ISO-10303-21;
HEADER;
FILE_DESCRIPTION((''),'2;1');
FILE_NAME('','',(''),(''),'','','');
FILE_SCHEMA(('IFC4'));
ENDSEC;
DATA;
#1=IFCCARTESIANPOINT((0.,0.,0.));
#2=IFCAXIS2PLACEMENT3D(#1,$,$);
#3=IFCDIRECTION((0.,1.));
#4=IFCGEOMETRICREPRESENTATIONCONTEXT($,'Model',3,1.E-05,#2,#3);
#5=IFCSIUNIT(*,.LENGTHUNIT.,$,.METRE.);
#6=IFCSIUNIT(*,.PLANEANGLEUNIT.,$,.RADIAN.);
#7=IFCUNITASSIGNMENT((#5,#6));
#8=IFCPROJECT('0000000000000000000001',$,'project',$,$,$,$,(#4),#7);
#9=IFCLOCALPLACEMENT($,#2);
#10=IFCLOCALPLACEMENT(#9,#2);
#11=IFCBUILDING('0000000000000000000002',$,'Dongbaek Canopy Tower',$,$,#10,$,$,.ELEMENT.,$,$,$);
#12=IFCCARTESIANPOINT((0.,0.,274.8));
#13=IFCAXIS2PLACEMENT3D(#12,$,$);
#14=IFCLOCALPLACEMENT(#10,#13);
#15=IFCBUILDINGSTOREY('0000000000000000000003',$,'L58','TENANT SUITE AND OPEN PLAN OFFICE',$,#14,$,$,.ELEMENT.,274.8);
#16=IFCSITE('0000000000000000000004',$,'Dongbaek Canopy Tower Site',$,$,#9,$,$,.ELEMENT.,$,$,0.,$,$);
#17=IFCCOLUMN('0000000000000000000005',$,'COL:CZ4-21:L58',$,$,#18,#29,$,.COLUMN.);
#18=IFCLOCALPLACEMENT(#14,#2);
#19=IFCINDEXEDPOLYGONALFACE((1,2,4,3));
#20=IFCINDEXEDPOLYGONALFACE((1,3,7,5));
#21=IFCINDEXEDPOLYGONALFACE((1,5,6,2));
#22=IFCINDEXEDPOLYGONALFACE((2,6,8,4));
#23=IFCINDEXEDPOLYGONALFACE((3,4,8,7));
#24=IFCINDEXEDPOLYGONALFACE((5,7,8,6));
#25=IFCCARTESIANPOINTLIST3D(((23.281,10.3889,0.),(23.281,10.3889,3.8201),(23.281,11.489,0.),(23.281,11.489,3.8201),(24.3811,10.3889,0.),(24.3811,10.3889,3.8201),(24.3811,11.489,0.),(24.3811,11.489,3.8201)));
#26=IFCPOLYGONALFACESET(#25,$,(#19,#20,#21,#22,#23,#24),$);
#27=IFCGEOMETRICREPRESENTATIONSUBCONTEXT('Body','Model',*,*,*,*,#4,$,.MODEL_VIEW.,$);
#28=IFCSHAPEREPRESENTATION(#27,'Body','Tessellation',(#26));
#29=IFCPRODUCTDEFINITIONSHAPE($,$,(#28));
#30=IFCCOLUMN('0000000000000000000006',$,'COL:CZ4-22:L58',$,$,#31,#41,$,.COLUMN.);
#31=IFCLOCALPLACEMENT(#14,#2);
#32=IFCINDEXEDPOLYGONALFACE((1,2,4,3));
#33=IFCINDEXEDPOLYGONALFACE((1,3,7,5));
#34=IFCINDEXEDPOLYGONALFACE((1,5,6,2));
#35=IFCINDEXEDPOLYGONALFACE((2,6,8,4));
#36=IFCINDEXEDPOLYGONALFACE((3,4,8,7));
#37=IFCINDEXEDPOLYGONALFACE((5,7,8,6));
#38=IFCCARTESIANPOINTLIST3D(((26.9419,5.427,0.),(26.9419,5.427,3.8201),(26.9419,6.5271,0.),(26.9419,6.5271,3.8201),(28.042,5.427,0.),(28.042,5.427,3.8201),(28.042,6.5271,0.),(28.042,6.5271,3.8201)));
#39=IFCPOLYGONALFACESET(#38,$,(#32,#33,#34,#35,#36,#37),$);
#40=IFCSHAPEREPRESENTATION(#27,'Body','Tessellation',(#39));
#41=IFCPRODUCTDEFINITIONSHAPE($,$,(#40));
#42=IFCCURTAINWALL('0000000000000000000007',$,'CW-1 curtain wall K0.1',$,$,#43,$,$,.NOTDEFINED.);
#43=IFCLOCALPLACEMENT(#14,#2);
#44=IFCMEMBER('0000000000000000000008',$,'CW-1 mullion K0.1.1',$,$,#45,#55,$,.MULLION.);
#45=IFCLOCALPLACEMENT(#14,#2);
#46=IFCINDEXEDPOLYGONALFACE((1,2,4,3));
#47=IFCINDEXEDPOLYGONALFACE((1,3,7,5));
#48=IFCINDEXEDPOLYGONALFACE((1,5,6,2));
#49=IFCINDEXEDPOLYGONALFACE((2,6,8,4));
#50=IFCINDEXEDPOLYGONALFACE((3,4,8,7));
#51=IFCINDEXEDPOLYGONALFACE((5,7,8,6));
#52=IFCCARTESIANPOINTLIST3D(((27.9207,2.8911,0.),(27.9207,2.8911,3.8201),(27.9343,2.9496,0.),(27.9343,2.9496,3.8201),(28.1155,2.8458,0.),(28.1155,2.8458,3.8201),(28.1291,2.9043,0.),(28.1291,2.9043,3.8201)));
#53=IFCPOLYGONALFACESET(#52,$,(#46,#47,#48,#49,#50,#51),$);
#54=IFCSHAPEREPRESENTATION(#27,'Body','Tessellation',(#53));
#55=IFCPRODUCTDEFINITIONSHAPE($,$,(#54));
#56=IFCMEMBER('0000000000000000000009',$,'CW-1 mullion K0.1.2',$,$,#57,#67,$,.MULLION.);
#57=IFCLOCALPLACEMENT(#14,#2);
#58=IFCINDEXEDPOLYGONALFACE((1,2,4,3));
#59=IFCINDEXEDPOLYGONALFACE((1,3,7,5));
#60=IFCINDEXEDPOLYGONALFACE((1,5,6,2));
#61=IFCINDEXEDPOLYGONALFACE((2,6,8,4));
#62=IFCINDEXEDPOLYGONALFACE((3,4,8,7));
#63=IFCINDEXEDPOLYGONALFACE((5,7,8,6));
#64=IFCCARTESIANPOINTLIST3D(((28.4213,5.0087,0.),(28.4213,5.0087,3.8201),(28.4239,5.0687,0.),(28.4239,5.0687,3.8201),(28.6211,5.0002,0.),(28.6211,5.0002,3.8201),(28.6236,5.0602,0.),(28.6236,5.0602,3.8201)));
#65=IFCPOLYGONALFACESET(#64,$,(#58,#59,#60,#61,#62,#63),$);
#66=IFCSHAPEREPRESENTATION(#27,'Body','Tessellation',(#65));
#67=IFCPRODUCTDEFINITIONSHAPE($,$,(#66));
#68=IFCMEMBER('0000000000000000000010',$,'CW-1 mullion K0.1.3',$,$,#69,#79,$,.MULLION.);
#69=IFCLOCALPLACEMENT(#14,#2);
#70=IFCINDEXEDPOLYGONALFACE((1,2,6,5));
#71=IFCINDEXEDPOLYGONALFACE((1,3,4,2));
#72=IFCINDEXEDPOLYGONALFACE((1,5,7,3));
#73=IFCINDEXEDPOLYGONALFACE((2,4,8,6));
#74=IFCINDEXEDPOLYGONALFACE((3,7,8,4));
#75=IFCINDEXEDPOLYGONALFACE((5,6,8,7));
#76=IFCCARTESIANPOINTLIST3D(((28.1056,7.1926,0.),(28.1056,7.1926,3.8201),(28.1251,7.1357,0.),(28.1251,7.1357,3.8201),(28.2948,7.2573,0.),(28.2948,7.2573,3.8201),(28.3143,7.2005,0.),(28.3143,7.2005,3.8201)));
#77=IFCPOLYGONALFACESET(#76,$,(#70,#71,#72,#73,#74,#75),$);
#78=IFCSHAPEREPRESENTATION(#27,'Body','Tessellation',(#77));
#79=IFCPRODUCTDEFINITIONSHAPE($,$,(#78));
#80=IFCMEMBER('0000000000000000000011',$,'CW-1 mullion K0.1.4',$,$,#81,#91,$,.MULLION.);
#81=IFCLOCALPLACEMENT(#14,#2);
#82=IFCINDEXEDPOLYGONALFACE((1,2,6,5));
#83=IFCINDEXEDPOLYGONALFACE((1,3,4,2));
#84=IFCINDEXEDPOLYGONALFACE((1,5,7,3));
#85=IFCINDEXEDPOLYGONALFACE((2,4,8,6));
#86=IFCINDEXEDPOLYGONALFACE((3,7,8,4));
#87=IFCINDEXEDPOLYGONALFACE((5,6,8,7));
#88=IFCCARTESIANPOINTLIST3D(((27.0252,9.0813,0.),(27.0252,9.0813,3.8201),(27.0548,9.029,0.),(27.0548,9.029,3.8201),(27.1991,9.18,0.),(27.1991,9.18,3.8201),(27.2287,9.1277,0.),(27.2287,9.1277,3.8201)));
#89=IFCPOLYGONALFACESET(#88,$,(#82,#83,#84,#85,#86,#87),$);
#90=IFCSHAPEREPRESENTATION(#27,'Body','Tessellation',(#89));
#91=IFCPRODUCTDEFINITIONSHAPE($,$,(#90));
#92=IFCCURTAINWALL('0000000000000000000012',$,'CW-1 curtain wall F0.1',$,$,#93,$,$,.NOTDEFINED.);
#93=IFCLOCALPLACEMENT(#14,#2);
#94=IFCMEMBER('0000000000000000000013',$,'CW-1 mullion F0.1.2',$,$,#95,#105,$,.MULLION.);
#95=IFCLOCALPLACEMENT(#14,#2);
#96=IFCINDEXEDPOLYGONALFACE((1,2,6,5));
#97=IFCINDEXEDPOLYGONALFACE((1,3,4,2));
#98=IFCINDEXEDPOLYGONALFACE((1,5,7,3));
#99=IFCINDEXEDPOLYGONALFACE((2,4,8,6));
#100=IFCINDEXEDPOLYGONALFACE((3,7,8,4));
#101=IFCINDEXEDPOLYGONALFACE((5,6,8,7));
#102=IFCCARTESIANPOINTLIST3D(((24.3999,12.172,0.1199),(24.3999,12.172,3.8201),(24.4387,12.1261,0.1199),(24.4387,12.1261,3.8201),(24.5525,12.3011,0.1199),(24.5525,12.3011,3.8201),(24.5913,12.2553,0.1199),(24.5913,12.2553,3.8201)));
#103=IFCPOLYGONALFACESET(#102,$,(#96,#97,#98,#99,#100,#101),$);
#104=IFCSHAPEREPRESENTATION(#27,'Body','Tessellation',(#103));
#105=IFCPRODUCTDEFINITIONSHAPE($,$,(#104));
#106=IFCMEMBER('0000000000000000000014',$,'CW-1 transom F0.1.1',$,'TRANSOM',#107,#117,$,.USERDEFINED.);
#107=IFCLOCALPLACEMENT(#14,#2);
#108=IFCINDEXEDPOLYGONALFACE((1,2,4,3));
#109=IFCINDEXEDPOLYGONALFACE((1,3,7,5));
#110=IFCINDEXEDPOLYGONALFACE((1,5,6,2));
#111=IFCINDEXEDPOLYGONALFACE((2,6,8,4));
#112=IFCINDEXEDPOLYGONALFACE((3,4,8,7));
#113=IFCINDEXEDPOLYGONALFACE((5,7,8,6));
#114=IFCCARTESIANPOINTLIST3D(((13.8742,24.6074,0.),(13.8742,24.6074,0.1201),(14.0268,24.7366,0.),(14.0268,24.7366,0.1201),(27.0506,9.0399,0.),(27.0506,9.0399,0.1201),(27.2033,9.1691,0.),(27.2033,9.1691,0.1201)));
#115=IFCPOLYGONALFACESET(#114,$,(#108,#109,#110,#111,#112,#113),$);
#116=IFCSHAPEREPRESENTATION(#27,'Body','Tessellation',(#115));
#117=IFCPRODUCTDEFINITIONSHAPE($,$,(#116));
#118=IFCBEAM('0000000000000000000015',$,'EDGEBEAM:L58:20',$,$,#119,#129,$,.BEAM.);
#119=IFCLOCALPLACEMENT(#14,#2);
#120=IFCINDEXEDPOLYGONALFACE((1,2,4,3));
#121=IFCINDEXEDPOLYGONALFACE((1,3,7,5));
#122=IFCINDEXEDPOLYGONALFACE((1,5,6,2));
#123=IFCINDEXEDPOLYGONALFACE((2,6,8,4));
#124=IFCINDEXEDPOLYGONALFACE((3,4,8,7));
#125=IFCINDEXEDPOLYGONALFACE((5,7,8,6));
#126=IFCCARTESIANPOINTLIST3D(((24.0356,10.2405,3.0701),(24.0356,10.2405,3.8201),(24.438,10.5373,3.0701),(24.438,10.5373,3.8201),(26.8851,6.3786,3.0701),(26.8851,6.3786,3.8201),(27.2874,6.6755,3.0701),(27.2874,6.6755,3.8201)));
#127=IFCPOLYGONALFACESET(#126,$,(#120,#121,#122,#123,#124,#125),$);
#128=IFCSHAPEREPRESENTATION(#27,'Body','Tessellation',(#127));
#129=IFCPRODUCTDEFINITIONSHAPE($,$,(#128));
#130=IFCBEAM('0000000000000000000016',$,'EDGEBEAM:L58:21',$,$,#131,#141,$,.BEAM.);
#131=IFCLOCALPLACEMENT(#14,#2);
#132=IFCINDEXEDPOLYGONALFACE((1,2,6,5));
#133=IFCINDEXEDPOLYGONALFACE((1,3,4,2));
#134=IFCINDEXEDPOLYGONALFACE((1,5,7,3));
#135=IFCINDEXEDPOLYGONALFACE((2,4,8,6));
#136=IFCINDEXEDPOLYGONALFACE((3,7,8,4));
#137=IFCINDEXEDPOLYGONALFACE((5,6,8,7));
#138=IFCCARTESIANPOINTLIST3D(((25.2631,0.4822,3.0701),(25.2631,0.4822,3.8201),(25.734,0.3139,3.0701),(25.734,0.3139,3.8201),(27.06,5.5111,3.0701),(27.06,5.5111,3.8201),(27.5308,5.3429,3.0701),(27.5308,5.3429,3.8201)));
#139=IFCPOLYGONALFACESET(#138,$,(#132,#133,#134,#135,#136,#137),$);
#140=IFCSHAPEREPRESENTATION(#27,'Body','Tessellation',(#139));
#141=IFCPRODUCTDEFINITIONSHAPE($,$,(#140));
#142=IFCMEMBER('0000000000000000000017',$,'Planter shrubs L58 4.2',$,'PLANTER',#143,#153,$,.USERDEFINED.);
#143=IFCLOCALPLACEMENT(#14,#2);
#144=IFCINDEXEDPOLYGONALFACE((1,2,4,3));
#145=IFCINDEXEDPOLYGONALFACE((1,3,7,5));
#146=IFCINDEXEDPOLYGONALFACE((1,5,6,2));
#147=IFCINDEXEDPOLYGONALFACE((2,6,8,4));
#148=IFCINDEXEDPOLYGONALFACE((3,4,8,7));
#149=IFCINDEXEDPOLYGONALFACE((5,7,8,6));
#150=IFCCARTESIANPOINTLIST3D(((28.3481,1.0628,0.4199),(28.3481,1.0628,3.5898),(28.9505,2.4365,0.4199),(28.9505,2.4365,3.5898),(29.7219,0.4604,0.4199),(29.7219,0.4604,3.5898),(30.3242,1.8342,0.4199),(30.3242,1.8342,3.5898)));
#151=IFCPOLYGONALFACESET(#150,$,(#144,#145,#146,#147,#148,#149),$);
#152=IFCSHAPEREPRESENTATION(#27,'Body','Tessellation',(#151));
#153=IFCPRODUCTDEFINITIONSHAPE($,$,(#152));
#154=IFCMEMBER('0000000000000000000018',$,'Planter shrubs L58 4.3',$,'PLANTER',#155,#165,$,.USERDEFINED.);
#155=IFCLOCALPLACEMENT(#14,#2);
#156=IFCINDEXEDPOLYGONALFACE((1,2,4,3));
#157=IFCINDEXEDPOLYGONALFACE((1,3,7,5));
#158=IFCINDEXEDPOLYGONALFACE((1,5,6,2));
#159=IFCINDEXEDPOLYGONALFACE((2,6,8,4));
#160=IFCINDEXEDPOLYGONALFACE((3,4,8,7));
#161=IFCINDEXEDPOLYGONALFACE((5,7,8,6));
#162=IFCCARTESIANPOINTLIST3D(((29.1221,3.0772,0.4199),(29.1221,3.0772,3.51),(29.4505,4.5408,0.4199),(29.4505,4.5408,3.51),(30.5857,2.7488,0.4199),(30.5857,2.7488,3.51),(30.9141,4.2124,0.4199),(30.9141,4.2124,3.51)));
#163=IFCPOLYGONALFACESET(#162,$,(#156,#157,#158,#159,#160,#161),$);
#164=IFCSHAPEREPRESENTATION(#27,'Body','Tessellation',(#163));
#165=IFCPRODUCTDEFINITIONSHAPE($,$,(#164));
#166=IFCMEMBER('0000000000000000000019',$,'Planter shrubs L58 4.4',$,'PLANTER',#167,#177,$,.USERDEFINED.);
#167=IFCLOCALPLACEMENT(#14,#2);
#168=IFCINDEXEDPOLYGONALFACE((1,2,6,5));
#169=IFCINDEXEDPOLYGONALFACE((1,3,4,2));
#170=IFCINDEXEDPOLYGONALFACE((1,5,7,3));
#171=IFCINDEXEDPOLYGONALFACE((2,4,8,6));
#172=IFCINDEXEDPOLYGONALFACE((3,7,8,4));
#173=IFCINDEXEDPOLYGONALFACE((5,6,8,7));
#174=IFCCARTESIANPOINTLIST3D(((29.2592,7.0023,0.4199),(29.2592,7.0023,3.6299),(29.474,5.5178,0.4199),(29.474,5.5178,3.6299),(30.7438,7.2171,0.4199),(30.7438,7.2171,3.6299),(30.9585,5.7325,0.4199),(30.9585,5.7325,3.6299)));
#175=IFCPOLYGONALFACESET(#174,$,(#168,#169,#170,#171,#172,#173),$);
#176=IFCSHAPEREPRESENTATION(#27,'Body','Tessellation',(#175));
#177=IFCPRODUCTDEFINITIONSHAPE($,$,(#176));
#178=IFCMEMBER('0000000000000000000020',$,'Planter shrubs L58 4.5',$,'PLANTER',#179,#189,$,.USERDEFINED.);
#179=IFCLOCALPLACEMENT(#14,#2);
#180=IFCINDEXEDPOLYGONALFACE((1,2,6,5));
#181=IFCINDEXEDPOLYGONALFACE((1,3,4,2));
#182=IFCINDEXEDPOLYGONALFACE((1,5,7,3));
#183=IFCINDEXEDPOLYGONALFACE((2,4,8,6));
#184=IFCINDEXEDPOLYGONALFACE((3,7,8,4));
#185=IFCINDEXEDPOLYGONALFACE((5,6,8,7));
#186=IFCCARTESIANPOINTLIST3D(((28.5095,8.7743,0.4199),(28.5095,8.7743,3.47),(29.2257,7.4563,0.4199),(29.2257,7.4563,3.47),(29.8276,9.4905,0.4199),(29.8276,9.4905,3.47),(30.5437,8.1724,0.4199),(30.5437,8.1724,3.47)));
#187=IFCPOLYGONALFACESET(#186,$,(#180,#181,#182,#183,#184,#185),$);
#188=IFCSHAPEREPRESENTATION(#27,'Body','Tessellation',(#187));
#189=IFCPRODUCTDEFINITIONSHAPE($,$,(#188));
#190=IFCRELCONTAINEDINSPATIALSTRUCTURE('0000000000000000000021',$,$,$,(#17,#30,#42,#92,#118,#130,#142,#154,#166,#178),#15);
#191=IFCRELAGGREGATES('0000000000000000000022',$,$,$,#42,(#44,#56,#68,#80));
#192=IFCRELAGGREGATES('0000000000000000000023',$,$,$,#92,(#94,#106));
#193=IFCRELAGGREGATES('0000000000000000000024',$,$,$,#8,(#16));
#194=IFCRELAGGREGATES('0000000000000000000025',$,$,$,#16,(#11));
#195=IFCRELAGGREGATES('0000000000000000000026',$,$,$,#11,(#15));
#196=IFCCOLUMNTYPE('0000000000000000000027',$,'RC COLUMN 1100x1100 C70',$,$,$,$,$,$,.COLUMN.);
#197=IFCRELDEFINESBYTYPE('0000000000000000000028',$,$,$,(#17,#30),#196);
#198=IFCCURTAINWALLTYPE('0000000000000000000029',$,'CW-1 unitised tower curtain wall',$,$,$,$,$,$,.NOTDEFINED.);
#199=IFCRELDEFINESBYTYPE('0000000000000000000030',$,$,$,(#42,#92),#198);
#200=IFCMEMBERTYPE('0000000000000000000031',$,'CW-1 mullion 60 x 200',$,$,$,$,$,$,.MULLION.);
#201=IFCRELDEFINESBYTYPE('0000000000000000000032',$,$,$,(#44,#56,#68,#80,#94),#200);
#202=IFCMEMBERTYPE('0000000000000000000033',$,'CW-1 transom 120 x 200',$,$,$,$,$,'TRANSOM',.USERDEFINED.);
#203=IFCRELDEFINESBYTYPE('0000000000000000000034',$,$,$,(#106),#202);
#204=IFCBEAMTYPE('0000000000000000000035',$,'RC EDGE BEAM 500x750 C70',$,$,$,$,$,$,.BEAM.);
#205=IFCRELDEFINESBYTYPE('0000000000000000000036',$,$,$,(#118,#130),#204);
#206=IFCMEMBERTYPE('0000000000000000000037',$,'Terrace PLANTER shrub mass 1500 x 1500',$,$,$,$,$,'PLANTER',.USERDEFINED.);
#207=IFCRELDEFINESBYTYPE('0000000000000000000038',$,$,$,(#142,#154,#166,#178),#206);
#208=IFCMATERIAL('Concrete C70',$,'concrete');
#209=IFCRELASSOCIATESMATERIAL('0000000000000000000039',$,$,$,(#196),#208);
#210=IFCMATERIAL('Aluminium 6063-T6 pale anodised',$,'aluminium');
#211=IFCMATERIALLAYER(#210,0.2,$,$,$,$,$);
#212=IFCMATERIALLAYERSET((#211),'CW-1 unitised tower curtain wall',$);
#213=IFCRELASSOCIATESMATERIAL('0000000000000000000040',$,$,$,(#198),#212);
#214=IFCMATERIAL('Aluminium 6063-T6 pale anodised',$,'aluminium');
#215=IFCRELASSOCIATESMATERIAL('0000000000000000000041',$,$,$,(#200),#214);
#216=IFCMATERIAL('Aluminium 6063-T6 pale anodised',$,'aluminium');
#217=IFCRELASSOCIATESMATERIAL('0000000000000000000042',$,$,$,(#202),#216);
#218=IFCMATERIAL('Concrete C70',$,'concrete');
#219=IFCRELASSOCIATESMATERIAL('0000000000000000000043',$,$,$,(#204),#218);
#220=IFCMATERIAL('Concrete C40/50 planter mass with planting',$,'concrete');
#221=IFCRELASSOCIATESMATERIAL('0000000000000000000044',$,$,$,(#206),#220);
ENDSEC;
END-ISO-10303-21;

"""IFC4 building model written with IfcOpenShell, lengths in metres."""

from ifc_helpers import new_model, si_unit, direction, frame, origin, origin_2d, place, context, subcontext, project, spatial, rectangle, extrude, material, layer, layer_set, material_profile, profile_set, type_object, element, aggregate, save


model = new_model("IFC4")

# Units and contexts
model_context = context("Model", 3, precision=1e-05, world=origin(), true_north=direction((0.0, 1.0)))
body_context = subcontext(model_context, "Body", "Model", "MODEL_VIEW")
ifc_project = project(units=[si_unit("LENGTHUNIT", "METRE"), si_unit("PLANEANGLEUNIT", "RADIAN")], contexts=[model_context])

# Site, building, storey
site_placement = place(None, origin())
site = spatial("IfcSite", under=ifc_project, at=site_placement, Name="Dongbaek Canopy Tower Site", CompositionType="ELEMENT", RefElevation=0.0)
building_placement = place(site_placement, origin())
building = spatial("IfcBuilding", under=site, at=building_placement, Name="Dongbaek Canopy Tower", CompositionType="ELEMENT")
storey_placement = place(building_placement, frame((0.0, 0.0, 274.8)))
storey = spatial("IfcBuildingStorey", under=building, at=storey_placement, Name="L58", Description="TENANT SUITE AND OPEN PLAN OFFICE", CompositionType="ELEMENT", Elevation=274.8)

# Columns
ifc_material_1 = material(Name="Concrete C70", Category="concrete")
ifc_material_profile_1 = material_profile(ifc_material_1, rectangle(XDim=1.1001, YDim=1.1001, at=origin_2d()), Name="RC COLUMN 1100x1100 C70")
ifc_profile_set_1 = profile_set([ifc_material_profile_1], Name="Concrete C70")
column_type = type_object("IfcColumnType", Name="RC COLUMN 1100x1100 C70", PredefinedType="COLUMN", material=ifc_profile_set_1)
for number, where, z_axis, x_axis, name in (
    (1, (23.8311, 10.939, 0.0), (0.0, 0.0, 1.0), (1.0, 0.0, 0.0), "COL:CZ4-21:L58"),
    (2, (27.4919, 5.9771, 0.0), (0.0, 0.0, 1.0), (1.0, 0.0, 0.0), "COL:CZ4-22:L58"),
):
    element("IfcColumn", number, at=place(storey_placement, frame(where, z_axis=z_axis, x_axis=x_axis)), inside=storey, type_object=column_type, Name=name, PredefinedType="COLUMN", context=body_context, shape_type="SweptSolid", body=[
        extrude(rectangle(XDim=1.1001, YDim=1.1001, at=origin_2d()), origin(), (0.0, 0.0, 1.0), 3.8201),
    ])

# Curtain walls, members
ifc_material_2 = material(Name="Aluminium 6063-T6 pale anodised", Category="aluminium")
ifc_layer_1 = layer(ifc_material_2, 0.2)
ifc_layer_set_1 = layer_set([ifc_layer_1], Name="CW-1 unitised tower curtain wall")
curtain_wall_type = type_object("IfcCurtainWallType", Name="CW-1 unitised tower curtain wall", PredefinedType="NOTDEFINED", material=ifc_layer_set_1)
curtain_wall_1_placement = place(storey_placement, origin())
curtain_wall_1 = element("IfcCurtainWall", 3, at=curtain_wall_1_placement, inside=storey, type_object=curtain_wall_type, Name="CW-1 curtain wall K0.1", PredefinedType="NOTDEFINED")
ifc_material_3 = material(Name="Aluminium 6063-T6 pale anodised", Category="aluminium")
ifc_material_profile_2 = material_profile(ifc_material_3, rectangle(XDim=0.2, YDim=0.0601, at=origin_2d()), Name="CW-1 mullion 60 x 200")
ifc_profile_set_2 = profile_set([ifc_material_profile_2], Name="Aluminium 6063-T6 pale anodised")
member_type_1 = type_object("IfcMemberType", Name="CW-1 mullion 60 x 200", PredefinedType="MULLION", material=ifc_profile_set_2)
member_1_placement = place(storey_placement, frame((28.0249, 2.8977, 0.0), z_axis=(0.0, 0.0, 1.0), x_axis=(0.973927, -0.226863, 0.0)))
member_1 = element("IfcMember", 4, at=member_1_placement, type_object=member_type_1, Name="CW-1 mullion K0.1.1", PredefinedType="MULLION", context=body_context, shape_type="SweptSolid", body=[
    extrude(rectangle(XDim=0.2, YDim=0.0601, at=origin_2d()), origin(), (0.0, 0.0, 1.0), 3.8201),
])
member_2_placement = place(storey_placement, frame((28.5225, 5.0344, 0.0), z_axis=(0.0, 0.0, 1.0), x_axis=(0.999093, -0.04259, 0.0)))
member_2 = element("IfcMember", 5, at=member_2_placement, type_object=member_type_1, Name="CW-1 mullion K0.1.2", PredefinedType="MULLION", context=body_context, shape_type="SweptSolid", body=[
    extrude(rectangle(XDim=0.2, YDim=0.0601, at=origin_2d()), origin(), (0.0, 0.0, 1.0), 3.8201),
])
member_3_placement = place(storey_placement, frame((28.21, 7.1965, 0.0), z_axis=(0.0, 0.0, 1.0), x_axis=(0.946074, 0.323949, 0.0)))
member_3 = element("IfcMember", 6, at=member_3_placement, type_object=member_type_1, Name="CW-1 mullion K0.1.3", PredefinedType="MULLION", context=body_context, shape_type="SweptSolid", body=[
    extrude(rectangle(XDim=0.2, YDim=0.0601, at=origin_2d()), origin(), (0.0, 0.0, 1.0), 3.8201),
])
member_4_placement = place(storey_placement, frame((27.127, 9.1045, 0.0), z_axis=(0.0, 0.0, 1.0), x_axis=(0.869724, 0.493538, 0.0)))
member_4 = element("IfcMember", 7, at=member_4_placement, type_object=member_type_1, Name="CW-1 mullion K0.1.4", PredefinedType="MULLION", context=body_context, shape_type="SweptSolid", body=[
    extrude(rectangle(XDim=0.2, YDim=0.0601, at=origin_2d()), origin(), (0.0, 0.0, 1.0), 3.8201),
])
curtain_wall_2_placement = place(storey_placement, origin())
curtain_wall_2 = element("IfcCurtainWall", 8, at=curtain_wall_2_placement, inside=storey, type_object=curtain_wall_type, Name="CW-1 curtain wall F0.1", PredefinedType="NOTDEFINED")
member_5_placement = place(storey_placement, frame((24.4956, 12.2136, 0.1199), z_axis=(0.0, 0.0, 1.0), x_axis=(0.763291, 0.646055, 0.0)))
member_5 = element("IfcMember", 9, at=member_5_placement, type_object=member_type_1, Name="CW-1 mullion F0.1.2", PredefinedType="MULLION", context=body_context, shape_type="SweptSolid", body=[
    extrude(rectangle(XDim=0.2, YDim=0.0601, at=origin_2d()), origin(), (0.0, 0.0, 1.0), 3.7002),
])
ifc_material_4 = material(Name="Aluminium 6063-T6 pale anodised", Category="aluminium")
ifc_material_profile_3 = material_profile(ifc_material_4, rectangle(XDim=0.2, YDim=0.1201, at=origin_2d()), Name="CW-1 transom 120 x 200")
ifc_profile_set_3 = profile_set([ifc_material_profile_3], Name="Aluminium 6063-T6 pale anodised")
member_type_2 = type_object("IfcMemberType", Name="CW-1 transom 120 x 200", ElementType="TRANSOM", PredefinedType="USERDEFINED", material=ifc_profile_set_3)
member_6_placement = place(storey_placement, frame((27.127, 9.1045, 0.0601), z_axis=(-0.646054, 0.763292, 0.0), x_axis=(-0.763292, -0.646054, 0.0)))
member_6 = element("IfcMember", 10, at=member_6_placement, type_object=member_type_2, Name="CW-1 transom F0.1.1", ObjectType="TRANSOM", PredefinedType="USERDEFINED", context=body_context, shape_type="SweptSolid", body=[
    extrude(rectangle(XDim=0.2, YDim=0.1201, at=origin_2d()), origin(), (0.0, 0.0, 1.0), 20.3953),
])

# Beams
ifc_material_5 = material(Name="Concrete C70", Category="concrete")
ifc_material_profile_4 = material_profile(ifc_material_5, rectangle(XDim=0.5, YDim=0.75, at=origin_2d()), Name="RC EDGE BEAM 500x750 C70")
ifc_profile_set_4 = profile_set([ifc_material_profile_4], Name="Concrete C70")
beam_type = type_object("IfcBeamType", Name="RC EDGE BEAM 500x750 C70", PredefinedType="BEAM", material=ifc_profile_set_4)
beam_1_placement = place(storey_placement, frame((24.2368, 10.3889, 3.4451), z_axis=(0.593714, -0.804676, 0.0), x_axis=(0.804676, 0.593714, 0.0)))
element("IfcBeam", 11, at=beam_1_placement, inside=storey, type_object=beam_type, Name="EDGEBEAM:L58:20", PredefinedType="BEAM", context=body_context, shape_type="SweptSolid", body=[
    extrude(rectangle(XDim=0.5, YDim=0.75, at=origin_2d()), origin(), (0.0, 0.0, 1.0), 4.7993),
])
beam_2_placement = place(storey_placement, frame((27.2954, 5.427, 3.4451), z_axis=(-0.336467, -0.941695, 0.0), x_axis=(0.941695, -0.336467, 0.0)))
element("IfcBeam", 12, at=beam_2_placement, inside=storey, type_object=beam_type, Name="EDGEBEAM:L58:21", PredefinedType="BEAM", context=body_context, shape_type="SweptSolid", body=[
    extrude(rectangle(XDim=0.5, YDim=0.75, at=origin_2d()), origin(), (0.0, 0.0, 1.0), 5.3403),
])

# Members
ifc_material_6 = material(Name="Concrete C40/50 planter mass with planting", Category="concrete")
ifc_material_profile_5 = material_profile(ifc_material_6, rectangle(XDim=1.5, YDim=1.5, at=origin_2d()), Name="Terrace PLANTER shrub mass 1500 x 1500")
ifc_profile_set_5 = profile_set([ifc_material_profile_5], Name="Concrete C40/50 planter mass with planting")
member_type_3 = type_object("IfcMemberType", Name="Terrace PLANTER shrub mass 1500 x 1500", ElementType="PLANTER", PredefinedType="USERDEFINED", material=ifc_profile_set_5)
member_7_placement = place(storey_placement, frame((29.3362, 1.4485, 0.4199), z_axis=(0.0, 0.0, 1.0), x_axis=(0.915838, -0.401549, 0.0)))
element("IfcMember", 13, at=member_7_placement, inside=storey, type_object=member_type_3, Name="Planter shrubs L58 4.2", ObjectType="PLANTER", PredefinedType="USERDEFINED", context=body_context, shape_type="SweptSolid", body=[
    extrude(rectangle(XDim=1.5, YDim=1.5, at=origin_2d()), origin(), (0.0, 0.0, 1.0), 3.1699),
])
member_8_placement = place(storey_placement, frame((30.0181, 3.6448, 0.4199), z_axis=(0.0, 0.0, 1.0), x_axis=(0.97574, -0.218931, 0.0)))
element("IfcMember", 14, at=member_8_placement, inside=storey, type_object=member_type_3, Name="Planter shrubs L58 4.3", ObjectType="PLANTER", PredefinedType="USERDEFINED", context=body_context, shape_type="SweptSolid", body=[
    extrude(rectangle(XDim=1.5, YDim=1.5, at=origin_2d()), origin(), (0.0, 0.0, 1.0), 3.0901),
])
member_9_placement = place(storey_placement, frame((30.1089, 6.3674, 0.4199), z_axis=(0.0, 0.0, 1.0), x_axis=(0.9897, 0.143155, 0.0)))
element("IfcMember", 15, at=member_9_placement, inside=storey, type_object=member_type_3, Name="Planter shrubs L58 4.4", ObjectType="PLANTER", PredefinedType="USERDEFINED", context=body_context, shape_type="SweptSolid", body=[
    extrude(rectangle(XDim=1.5, YDim=1.5, at=origin_2d()), origin(), (0.0, 0.0, 1.0), 3.21),
])
member_10_placement = place(storey_placement, frame((29.5266, 8.4734, 0.4199), z_axis=(0.0, 0.0, 1.0), x_axis=(0.878676, 0.477419, 0.0)))
element("IfcMember", 16, at=member_10_placement, inside=storey, type_object=member_type_3, Name="Planter shrubs L58 4.5", ObjectType="PLANTER", PredefinedType="USERDEFINED", context=body_context, shape_type="SweptSolid", body=[
    extrude(rectangle(XDim=1.5, YDim=1.5, at=origin_2d()), origin(), (0.0, 0.0, 1.0), 3.05),
])

aggregate(curtain_wall_1, [member_1, member_2, member_3, member_4])

aggregate(curtain_wall_2, [member_5, member_6])

save(model, "model.ifc")
